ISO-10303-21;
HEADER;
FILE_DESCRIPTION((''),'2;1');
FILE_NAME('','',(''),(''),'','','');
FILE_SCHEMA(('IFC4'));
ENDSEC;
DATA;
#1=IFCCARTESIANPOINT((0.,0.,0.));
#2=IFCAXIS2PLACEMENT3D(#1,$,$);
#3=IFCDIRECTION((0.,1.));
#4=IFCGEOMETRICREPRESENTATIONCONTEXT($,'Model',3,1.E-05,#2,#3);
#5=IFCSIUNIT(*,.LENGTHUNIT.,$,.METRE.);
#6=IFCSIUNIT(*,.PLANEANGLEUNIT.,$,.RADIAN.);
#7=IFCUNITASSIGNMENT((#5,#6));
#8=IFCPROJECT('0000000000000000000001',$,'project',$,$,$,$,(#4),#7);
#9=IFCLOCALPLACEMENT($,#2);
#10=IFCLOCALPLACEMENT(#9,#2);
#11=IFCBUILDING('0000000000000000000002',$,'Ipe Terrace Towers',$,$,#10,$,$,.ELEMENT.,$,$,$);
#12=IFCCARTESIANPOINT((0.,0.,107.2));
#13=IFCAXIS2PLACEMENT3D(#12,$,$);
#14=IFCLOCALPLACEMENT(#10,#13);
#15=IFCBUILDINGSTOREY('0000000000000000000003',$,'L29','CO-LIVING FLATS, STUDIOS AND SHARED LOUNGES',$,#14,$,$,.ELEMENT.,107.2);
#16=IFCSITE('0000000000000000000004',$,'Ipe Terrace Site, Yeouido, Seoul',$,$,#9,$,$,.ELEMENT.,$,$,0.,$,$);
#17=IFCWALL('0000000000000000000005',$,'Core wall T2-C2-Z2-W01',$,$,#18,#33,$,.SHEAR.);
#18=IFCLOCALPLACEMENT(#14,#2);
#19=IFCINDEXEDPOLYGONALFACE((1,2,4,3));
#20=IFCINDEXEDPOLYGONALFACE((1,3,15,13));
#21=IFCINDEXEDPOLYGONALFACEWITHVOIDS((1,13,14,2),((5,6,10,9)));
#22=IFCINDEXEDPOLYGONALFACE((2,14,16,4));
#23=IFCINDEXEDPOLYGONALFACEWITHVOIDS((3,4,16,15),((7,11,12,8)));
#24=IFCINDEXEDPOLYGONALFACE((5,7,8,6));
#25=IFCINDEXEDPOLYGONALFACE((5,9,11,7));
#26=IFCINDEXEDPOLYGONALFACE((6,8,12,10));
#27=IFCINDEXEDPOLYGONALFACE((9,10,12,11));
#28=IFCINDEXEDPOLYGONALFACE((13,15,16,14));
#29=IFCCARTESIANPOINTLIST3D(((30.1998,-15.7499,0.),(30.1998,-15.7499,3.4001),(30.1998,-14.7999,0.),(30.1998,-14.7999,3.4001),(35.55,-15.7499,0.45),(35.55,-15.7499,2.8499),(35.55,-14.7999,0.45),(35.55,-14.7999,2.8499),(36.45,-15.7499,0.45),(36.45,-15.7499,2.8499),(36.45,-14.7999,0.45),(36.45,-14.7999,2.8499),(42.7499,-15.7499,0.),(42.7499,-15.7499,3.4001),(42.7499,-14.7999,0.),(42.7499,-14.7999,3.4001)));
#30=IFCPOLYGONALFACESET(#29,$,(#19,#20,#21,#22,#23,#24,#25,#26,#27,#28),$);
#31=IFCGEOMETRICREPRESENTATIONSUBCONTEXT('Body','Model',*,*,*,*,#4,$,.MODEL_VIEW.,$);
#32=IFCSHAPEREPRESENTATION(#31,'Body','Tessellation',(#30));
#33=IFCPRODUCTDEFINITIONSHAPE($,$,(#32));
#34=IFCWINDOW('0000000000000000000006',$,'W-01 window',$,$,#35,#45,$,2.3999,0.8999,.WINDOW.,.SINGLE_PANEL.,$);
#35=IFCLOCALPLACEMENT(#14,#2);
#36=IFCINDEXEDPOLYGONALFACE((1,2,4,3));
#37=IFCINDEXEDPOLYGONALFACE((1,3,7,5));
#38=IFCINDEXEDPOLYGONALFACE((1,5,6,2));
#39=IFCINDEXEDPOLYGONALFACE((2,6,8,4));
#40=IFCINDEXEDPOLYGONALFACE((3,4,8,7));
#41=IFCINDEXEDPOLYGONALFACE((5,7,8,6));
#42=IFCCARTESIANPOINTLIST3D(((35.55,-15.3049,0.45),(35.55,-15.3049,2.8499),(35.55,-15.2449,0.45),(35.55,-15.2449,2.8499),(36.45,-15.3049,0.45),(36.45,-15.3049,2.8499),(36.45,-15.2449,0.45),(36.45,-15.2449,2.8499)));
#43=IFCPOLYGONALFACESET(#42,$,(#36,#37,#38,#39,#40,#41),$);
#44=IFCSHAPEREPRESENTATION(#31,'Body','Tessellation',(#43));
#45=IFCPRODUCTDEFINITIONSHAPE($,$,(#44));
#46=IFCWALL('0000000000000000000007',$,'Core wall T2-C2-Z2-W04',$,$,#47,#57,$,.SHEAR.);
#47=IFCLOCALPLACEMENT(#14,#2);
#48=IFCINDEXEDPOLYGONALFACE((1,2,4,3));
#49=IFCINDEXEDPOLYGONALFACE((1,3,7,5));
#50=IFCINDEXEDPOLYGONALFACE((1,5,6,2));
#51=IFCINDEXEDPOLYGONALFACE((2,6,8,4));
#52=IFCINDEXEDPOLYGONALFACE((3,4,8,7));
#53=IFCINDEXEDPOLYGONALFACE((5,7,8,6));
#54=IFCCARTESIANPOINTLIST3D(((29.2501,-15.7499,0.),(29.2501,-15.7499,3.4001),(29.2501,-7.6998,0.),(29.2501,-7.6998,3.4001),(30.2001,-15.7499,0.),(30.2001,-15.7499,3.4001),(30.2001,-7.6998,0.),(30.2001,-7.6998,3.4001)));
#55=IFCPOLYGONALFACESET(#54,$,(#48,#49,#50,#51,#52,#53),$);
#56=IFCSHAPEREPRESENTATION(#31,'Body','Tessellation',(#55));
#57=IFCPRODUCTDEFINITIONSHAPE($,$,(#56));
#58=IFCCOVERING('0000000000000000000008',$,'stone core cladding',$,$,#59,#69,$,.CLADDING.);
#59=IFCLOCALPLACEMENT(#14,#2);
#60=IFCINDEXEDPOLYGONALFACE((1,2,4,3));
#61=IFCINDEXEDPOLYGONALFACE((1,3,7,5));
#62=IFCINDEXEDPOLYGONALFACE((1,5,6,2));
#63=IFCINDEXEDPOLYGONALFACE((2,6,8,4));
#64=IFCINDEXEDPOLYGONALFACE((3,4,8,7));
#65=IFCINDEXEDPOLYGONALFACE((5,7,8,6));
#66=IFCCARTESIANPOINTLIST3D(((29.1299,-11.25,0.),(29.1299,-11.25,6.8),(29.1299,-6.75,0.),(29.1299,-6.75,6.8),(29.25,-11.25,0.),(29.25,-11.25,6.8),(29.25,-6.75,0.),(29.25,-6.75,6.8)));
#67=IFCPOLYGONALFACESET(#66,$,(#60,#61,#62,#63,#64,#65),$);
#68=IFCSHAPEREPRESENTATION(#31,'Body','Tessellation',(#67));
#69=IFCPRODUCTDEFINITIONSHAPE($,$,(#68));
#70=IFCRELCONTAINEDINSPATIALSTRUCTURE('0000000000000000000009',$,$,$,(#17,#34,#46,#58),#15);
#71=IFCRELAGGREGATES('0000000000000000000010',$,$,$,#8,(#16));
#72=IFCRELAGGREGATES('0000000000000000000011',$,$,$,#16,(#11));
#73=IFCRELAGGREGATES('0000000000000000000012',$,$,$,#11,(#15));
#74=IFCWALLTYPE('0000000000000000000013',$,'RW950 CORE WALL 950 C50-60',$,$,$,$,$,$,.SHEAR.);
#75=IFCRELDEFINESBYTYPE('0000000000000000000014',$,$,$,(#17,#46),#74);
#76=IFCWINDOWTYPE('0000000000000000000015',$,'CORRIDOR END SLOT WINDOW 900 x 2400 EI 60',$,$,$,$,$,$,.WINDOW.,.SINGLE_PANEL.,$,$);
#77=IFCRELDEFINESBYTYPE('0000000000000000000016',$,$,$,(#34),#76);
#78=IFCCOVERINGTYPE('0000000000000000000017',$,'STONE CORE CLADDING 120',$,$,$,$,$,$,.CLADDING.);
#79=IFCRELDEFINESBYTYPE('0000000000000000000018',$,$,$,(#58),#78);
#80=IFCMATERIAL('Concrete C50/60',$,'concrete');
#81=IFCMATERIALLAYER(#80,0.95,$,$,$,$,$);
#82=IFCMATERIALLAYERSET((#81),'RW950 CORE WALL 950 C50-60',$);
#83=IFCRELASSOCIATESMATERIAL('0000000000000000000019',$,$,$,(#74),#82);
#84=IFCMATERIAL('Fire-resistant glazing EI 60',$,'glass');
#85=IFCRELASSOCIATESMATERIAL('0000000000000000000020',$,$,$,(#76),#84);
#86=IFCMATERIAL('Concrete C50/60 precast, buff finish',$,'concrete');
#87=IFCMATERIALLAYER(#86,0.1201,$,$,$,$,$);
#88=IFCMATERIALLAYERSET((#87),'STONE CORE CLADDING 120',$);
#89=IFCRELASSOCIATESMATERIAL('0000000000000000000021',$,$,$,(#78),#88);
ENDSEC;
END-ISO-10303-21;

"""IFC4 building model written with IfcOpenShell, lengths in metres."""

from ifc_helpers import new_model, si_unit, direction, frame, frame_2d, origin, origin_2d, place, context, subcontext, project, spatial, rectangle, extrude, material, layer, layer_set, type_object, element, fill, save


model = new_model("IFC4")

# Units and contexts
model_context = context("Model", 3, precision=1e-05, world=origin(), true_north=direction((0.0, 1.0)))
body_context = subcontext(model_context, "Body", "Model", "MODEL_VIEW")
ifc_project = project(units=[si_unit("LENGTHUNIT", "METRE"), si_unit("PLANEANGLEUNIT", "RADIAN")], contexts=[model_context])

# Site, building, storey
site_placement = place(None, origin())
site = spatial("IfcSite", under=ifc_project, at=site_placement, Name="Ipe Terrace Site, Yeouido, Seoul", CompositionType="ELEMENT", RefElevation=0.0)
building_placement = place(site_placement, origin())
building = spatial("IfcBuilding", under=site, at=building_placement, Name="Ipe Terrace Towers", CompositionType="ELEMENT")
storey_placement = place(building_placement, frame((0.0, 0.0, 107.2)))
storey = spatial("IfcBuildingStorey", under=building, at=storey_placement, Name="L29", Description="CO-LIVING FLATS, STUDIOS AND SHARED LOUNGES", CompositionType="ELEMENT", Elevation=107.2)

# Wall, opening, window
ifc_material_1 = material(Name="Concrete C50/60", Category="concrete")
ifc_layer_1 = layer(ifc_material_1, 0.95)
ifc_layer_set_1 = layer_set([ifc_layer_1], Name="RW950 CORE WALL 950 C50-60")
wall_type_1 = type_object("IfcWallType", Name="RW950 CORE WALL 950 C50-60", PredefinedType="SHEAR", material=ifc_layer_set_1)
wall_1_placement = place(storey_placement, frame((30.2, -15.2749, 0.0), z_axis=(0.0, 0.0, 1.0), x_axis=(1.0, 0.0, 0.0)))
wall_1 = element("IfcWall", 1, at=wall_1_placement, inside=storey, type_object=wall_type_1, Name="Core wall T2-C2-Z2-W01", PredefinedType="SHEAR", context=body_context, shape_type="SweptSolid", body=[
    extrude(rectangle(XDim=12.55, YDim=0.95, at=frame_2d((6.2749, 0.0))), origin(), (0.0, 0.0, 1.0), 3.4001),
])
opening_1_placement = place(wall_1_placement, frame((5.3501, 0.0, 0.45)))
opening_1 = element("IfcOpeningElement", 2, at=opening_1_placement, cuts=wall_1, PredefinedType="OPENING", context=body_context, shape_type="SweptSolid", body=[
    extrude(rectangle(XDim=0.8999, YDim=2.3999, at=frame_2d((0.45, 1.2))), frame((0.0, 0.4849, 0.0), z_axis=(0.0, -1.0, 0.0), x_axis=(1.0, 0.0, 0.0)), (0.0, 0.0, 1.0), 0.97),
])
ifc_material_2 = material(Name="Fire-resistant glazing EI 60", Category="glass")
window_type = type_object("IfcWindowType", Name="CORRIDOR END SLOT WINDOW 900 x 2400 EI 60", PartitioningType="SINGLE_PANEL", PredefinedType="WINDOW", material=ifc_material_2)
window_placement = place(opening_1_placement, origin())
window = element("IfcWindow", 3, at=window_placement, inside=storey, type_object=window_type, Name="W-01 window", OverallHeight=2.3999, OverallWidth=0.8999, PartitioningType="SINGLE_PANEL", PredefinedType="WINDOW", context=body_context, shape_type="SweptSolid", body=[
    extrude(rectangle(XDim=0.8999, YDim=2.3999, at=frame_2d((0.45, 1.2))), frame((0.0, 0.03, 0.0), z_axis=(0.0, -1.0, 0.0), x_axis=(1.0, 0.0, 0.0)), (0.0, 0.0, 1.0), 0.0601),
])
fill(opening_1, window)

# Wall
wall_2_placement = place(storey_placement, frame((29.7251, -7.7, 0.0), z_axis=(0.0, 0.0, 1.0), x_axis=(0.0, -1.0, 0.0)))
element("IfcWall", 4, at=wall_2_placement, inside=storey, type_object=wall_type_1, Name="Core wall T2-C2-Z2-W04", PredefinedType="SHEAR", context=body_context, shape_type="SweptSolid", body=[
    extrude(rectangle(XDim=8.05, YDim=0.95, at=frame_2d((4.0249, 0.0))), origin(), (0.0, 0.0, 1.0), 3.4001),
])

# Covering
ifc_material_3 = material(Name="Concrete C50/60 precast, buff finish", Category="concrete")
ifc_layer_2 = layer(ifc_material_3, 0.1201)
ifc_layer_set_2 = layer_set([ifc_layer_2], Name="STONE CORE CLADDING 120")
covering_type = type_object("IfcCoveringType", Name="STONE CORE CLADDING 120", PredefinedType="CLADDING", material=ifc_layer_set_2)
covering_placement = place(storey_placement, frame((29.1899, -9.0, 0.0), z_axis=(0.0, 0.0, 1.0), x_axis=(0.0, -1.0, 0.0)))
element("IfcCovering", 5, at=covering_placement, inside=storey, type_object=covering_type, Name="stone core cladding", PredefinedType="CLADDING", context=body_context, shape_type="SweptSolid", body=[
    extrude(rectangle(XDim=4.5, YDim=0.1201, at=origin_2d()), origin(), (0.0, 0.0, 1.0), 6.8),
])

save(model, "model.ifc")
